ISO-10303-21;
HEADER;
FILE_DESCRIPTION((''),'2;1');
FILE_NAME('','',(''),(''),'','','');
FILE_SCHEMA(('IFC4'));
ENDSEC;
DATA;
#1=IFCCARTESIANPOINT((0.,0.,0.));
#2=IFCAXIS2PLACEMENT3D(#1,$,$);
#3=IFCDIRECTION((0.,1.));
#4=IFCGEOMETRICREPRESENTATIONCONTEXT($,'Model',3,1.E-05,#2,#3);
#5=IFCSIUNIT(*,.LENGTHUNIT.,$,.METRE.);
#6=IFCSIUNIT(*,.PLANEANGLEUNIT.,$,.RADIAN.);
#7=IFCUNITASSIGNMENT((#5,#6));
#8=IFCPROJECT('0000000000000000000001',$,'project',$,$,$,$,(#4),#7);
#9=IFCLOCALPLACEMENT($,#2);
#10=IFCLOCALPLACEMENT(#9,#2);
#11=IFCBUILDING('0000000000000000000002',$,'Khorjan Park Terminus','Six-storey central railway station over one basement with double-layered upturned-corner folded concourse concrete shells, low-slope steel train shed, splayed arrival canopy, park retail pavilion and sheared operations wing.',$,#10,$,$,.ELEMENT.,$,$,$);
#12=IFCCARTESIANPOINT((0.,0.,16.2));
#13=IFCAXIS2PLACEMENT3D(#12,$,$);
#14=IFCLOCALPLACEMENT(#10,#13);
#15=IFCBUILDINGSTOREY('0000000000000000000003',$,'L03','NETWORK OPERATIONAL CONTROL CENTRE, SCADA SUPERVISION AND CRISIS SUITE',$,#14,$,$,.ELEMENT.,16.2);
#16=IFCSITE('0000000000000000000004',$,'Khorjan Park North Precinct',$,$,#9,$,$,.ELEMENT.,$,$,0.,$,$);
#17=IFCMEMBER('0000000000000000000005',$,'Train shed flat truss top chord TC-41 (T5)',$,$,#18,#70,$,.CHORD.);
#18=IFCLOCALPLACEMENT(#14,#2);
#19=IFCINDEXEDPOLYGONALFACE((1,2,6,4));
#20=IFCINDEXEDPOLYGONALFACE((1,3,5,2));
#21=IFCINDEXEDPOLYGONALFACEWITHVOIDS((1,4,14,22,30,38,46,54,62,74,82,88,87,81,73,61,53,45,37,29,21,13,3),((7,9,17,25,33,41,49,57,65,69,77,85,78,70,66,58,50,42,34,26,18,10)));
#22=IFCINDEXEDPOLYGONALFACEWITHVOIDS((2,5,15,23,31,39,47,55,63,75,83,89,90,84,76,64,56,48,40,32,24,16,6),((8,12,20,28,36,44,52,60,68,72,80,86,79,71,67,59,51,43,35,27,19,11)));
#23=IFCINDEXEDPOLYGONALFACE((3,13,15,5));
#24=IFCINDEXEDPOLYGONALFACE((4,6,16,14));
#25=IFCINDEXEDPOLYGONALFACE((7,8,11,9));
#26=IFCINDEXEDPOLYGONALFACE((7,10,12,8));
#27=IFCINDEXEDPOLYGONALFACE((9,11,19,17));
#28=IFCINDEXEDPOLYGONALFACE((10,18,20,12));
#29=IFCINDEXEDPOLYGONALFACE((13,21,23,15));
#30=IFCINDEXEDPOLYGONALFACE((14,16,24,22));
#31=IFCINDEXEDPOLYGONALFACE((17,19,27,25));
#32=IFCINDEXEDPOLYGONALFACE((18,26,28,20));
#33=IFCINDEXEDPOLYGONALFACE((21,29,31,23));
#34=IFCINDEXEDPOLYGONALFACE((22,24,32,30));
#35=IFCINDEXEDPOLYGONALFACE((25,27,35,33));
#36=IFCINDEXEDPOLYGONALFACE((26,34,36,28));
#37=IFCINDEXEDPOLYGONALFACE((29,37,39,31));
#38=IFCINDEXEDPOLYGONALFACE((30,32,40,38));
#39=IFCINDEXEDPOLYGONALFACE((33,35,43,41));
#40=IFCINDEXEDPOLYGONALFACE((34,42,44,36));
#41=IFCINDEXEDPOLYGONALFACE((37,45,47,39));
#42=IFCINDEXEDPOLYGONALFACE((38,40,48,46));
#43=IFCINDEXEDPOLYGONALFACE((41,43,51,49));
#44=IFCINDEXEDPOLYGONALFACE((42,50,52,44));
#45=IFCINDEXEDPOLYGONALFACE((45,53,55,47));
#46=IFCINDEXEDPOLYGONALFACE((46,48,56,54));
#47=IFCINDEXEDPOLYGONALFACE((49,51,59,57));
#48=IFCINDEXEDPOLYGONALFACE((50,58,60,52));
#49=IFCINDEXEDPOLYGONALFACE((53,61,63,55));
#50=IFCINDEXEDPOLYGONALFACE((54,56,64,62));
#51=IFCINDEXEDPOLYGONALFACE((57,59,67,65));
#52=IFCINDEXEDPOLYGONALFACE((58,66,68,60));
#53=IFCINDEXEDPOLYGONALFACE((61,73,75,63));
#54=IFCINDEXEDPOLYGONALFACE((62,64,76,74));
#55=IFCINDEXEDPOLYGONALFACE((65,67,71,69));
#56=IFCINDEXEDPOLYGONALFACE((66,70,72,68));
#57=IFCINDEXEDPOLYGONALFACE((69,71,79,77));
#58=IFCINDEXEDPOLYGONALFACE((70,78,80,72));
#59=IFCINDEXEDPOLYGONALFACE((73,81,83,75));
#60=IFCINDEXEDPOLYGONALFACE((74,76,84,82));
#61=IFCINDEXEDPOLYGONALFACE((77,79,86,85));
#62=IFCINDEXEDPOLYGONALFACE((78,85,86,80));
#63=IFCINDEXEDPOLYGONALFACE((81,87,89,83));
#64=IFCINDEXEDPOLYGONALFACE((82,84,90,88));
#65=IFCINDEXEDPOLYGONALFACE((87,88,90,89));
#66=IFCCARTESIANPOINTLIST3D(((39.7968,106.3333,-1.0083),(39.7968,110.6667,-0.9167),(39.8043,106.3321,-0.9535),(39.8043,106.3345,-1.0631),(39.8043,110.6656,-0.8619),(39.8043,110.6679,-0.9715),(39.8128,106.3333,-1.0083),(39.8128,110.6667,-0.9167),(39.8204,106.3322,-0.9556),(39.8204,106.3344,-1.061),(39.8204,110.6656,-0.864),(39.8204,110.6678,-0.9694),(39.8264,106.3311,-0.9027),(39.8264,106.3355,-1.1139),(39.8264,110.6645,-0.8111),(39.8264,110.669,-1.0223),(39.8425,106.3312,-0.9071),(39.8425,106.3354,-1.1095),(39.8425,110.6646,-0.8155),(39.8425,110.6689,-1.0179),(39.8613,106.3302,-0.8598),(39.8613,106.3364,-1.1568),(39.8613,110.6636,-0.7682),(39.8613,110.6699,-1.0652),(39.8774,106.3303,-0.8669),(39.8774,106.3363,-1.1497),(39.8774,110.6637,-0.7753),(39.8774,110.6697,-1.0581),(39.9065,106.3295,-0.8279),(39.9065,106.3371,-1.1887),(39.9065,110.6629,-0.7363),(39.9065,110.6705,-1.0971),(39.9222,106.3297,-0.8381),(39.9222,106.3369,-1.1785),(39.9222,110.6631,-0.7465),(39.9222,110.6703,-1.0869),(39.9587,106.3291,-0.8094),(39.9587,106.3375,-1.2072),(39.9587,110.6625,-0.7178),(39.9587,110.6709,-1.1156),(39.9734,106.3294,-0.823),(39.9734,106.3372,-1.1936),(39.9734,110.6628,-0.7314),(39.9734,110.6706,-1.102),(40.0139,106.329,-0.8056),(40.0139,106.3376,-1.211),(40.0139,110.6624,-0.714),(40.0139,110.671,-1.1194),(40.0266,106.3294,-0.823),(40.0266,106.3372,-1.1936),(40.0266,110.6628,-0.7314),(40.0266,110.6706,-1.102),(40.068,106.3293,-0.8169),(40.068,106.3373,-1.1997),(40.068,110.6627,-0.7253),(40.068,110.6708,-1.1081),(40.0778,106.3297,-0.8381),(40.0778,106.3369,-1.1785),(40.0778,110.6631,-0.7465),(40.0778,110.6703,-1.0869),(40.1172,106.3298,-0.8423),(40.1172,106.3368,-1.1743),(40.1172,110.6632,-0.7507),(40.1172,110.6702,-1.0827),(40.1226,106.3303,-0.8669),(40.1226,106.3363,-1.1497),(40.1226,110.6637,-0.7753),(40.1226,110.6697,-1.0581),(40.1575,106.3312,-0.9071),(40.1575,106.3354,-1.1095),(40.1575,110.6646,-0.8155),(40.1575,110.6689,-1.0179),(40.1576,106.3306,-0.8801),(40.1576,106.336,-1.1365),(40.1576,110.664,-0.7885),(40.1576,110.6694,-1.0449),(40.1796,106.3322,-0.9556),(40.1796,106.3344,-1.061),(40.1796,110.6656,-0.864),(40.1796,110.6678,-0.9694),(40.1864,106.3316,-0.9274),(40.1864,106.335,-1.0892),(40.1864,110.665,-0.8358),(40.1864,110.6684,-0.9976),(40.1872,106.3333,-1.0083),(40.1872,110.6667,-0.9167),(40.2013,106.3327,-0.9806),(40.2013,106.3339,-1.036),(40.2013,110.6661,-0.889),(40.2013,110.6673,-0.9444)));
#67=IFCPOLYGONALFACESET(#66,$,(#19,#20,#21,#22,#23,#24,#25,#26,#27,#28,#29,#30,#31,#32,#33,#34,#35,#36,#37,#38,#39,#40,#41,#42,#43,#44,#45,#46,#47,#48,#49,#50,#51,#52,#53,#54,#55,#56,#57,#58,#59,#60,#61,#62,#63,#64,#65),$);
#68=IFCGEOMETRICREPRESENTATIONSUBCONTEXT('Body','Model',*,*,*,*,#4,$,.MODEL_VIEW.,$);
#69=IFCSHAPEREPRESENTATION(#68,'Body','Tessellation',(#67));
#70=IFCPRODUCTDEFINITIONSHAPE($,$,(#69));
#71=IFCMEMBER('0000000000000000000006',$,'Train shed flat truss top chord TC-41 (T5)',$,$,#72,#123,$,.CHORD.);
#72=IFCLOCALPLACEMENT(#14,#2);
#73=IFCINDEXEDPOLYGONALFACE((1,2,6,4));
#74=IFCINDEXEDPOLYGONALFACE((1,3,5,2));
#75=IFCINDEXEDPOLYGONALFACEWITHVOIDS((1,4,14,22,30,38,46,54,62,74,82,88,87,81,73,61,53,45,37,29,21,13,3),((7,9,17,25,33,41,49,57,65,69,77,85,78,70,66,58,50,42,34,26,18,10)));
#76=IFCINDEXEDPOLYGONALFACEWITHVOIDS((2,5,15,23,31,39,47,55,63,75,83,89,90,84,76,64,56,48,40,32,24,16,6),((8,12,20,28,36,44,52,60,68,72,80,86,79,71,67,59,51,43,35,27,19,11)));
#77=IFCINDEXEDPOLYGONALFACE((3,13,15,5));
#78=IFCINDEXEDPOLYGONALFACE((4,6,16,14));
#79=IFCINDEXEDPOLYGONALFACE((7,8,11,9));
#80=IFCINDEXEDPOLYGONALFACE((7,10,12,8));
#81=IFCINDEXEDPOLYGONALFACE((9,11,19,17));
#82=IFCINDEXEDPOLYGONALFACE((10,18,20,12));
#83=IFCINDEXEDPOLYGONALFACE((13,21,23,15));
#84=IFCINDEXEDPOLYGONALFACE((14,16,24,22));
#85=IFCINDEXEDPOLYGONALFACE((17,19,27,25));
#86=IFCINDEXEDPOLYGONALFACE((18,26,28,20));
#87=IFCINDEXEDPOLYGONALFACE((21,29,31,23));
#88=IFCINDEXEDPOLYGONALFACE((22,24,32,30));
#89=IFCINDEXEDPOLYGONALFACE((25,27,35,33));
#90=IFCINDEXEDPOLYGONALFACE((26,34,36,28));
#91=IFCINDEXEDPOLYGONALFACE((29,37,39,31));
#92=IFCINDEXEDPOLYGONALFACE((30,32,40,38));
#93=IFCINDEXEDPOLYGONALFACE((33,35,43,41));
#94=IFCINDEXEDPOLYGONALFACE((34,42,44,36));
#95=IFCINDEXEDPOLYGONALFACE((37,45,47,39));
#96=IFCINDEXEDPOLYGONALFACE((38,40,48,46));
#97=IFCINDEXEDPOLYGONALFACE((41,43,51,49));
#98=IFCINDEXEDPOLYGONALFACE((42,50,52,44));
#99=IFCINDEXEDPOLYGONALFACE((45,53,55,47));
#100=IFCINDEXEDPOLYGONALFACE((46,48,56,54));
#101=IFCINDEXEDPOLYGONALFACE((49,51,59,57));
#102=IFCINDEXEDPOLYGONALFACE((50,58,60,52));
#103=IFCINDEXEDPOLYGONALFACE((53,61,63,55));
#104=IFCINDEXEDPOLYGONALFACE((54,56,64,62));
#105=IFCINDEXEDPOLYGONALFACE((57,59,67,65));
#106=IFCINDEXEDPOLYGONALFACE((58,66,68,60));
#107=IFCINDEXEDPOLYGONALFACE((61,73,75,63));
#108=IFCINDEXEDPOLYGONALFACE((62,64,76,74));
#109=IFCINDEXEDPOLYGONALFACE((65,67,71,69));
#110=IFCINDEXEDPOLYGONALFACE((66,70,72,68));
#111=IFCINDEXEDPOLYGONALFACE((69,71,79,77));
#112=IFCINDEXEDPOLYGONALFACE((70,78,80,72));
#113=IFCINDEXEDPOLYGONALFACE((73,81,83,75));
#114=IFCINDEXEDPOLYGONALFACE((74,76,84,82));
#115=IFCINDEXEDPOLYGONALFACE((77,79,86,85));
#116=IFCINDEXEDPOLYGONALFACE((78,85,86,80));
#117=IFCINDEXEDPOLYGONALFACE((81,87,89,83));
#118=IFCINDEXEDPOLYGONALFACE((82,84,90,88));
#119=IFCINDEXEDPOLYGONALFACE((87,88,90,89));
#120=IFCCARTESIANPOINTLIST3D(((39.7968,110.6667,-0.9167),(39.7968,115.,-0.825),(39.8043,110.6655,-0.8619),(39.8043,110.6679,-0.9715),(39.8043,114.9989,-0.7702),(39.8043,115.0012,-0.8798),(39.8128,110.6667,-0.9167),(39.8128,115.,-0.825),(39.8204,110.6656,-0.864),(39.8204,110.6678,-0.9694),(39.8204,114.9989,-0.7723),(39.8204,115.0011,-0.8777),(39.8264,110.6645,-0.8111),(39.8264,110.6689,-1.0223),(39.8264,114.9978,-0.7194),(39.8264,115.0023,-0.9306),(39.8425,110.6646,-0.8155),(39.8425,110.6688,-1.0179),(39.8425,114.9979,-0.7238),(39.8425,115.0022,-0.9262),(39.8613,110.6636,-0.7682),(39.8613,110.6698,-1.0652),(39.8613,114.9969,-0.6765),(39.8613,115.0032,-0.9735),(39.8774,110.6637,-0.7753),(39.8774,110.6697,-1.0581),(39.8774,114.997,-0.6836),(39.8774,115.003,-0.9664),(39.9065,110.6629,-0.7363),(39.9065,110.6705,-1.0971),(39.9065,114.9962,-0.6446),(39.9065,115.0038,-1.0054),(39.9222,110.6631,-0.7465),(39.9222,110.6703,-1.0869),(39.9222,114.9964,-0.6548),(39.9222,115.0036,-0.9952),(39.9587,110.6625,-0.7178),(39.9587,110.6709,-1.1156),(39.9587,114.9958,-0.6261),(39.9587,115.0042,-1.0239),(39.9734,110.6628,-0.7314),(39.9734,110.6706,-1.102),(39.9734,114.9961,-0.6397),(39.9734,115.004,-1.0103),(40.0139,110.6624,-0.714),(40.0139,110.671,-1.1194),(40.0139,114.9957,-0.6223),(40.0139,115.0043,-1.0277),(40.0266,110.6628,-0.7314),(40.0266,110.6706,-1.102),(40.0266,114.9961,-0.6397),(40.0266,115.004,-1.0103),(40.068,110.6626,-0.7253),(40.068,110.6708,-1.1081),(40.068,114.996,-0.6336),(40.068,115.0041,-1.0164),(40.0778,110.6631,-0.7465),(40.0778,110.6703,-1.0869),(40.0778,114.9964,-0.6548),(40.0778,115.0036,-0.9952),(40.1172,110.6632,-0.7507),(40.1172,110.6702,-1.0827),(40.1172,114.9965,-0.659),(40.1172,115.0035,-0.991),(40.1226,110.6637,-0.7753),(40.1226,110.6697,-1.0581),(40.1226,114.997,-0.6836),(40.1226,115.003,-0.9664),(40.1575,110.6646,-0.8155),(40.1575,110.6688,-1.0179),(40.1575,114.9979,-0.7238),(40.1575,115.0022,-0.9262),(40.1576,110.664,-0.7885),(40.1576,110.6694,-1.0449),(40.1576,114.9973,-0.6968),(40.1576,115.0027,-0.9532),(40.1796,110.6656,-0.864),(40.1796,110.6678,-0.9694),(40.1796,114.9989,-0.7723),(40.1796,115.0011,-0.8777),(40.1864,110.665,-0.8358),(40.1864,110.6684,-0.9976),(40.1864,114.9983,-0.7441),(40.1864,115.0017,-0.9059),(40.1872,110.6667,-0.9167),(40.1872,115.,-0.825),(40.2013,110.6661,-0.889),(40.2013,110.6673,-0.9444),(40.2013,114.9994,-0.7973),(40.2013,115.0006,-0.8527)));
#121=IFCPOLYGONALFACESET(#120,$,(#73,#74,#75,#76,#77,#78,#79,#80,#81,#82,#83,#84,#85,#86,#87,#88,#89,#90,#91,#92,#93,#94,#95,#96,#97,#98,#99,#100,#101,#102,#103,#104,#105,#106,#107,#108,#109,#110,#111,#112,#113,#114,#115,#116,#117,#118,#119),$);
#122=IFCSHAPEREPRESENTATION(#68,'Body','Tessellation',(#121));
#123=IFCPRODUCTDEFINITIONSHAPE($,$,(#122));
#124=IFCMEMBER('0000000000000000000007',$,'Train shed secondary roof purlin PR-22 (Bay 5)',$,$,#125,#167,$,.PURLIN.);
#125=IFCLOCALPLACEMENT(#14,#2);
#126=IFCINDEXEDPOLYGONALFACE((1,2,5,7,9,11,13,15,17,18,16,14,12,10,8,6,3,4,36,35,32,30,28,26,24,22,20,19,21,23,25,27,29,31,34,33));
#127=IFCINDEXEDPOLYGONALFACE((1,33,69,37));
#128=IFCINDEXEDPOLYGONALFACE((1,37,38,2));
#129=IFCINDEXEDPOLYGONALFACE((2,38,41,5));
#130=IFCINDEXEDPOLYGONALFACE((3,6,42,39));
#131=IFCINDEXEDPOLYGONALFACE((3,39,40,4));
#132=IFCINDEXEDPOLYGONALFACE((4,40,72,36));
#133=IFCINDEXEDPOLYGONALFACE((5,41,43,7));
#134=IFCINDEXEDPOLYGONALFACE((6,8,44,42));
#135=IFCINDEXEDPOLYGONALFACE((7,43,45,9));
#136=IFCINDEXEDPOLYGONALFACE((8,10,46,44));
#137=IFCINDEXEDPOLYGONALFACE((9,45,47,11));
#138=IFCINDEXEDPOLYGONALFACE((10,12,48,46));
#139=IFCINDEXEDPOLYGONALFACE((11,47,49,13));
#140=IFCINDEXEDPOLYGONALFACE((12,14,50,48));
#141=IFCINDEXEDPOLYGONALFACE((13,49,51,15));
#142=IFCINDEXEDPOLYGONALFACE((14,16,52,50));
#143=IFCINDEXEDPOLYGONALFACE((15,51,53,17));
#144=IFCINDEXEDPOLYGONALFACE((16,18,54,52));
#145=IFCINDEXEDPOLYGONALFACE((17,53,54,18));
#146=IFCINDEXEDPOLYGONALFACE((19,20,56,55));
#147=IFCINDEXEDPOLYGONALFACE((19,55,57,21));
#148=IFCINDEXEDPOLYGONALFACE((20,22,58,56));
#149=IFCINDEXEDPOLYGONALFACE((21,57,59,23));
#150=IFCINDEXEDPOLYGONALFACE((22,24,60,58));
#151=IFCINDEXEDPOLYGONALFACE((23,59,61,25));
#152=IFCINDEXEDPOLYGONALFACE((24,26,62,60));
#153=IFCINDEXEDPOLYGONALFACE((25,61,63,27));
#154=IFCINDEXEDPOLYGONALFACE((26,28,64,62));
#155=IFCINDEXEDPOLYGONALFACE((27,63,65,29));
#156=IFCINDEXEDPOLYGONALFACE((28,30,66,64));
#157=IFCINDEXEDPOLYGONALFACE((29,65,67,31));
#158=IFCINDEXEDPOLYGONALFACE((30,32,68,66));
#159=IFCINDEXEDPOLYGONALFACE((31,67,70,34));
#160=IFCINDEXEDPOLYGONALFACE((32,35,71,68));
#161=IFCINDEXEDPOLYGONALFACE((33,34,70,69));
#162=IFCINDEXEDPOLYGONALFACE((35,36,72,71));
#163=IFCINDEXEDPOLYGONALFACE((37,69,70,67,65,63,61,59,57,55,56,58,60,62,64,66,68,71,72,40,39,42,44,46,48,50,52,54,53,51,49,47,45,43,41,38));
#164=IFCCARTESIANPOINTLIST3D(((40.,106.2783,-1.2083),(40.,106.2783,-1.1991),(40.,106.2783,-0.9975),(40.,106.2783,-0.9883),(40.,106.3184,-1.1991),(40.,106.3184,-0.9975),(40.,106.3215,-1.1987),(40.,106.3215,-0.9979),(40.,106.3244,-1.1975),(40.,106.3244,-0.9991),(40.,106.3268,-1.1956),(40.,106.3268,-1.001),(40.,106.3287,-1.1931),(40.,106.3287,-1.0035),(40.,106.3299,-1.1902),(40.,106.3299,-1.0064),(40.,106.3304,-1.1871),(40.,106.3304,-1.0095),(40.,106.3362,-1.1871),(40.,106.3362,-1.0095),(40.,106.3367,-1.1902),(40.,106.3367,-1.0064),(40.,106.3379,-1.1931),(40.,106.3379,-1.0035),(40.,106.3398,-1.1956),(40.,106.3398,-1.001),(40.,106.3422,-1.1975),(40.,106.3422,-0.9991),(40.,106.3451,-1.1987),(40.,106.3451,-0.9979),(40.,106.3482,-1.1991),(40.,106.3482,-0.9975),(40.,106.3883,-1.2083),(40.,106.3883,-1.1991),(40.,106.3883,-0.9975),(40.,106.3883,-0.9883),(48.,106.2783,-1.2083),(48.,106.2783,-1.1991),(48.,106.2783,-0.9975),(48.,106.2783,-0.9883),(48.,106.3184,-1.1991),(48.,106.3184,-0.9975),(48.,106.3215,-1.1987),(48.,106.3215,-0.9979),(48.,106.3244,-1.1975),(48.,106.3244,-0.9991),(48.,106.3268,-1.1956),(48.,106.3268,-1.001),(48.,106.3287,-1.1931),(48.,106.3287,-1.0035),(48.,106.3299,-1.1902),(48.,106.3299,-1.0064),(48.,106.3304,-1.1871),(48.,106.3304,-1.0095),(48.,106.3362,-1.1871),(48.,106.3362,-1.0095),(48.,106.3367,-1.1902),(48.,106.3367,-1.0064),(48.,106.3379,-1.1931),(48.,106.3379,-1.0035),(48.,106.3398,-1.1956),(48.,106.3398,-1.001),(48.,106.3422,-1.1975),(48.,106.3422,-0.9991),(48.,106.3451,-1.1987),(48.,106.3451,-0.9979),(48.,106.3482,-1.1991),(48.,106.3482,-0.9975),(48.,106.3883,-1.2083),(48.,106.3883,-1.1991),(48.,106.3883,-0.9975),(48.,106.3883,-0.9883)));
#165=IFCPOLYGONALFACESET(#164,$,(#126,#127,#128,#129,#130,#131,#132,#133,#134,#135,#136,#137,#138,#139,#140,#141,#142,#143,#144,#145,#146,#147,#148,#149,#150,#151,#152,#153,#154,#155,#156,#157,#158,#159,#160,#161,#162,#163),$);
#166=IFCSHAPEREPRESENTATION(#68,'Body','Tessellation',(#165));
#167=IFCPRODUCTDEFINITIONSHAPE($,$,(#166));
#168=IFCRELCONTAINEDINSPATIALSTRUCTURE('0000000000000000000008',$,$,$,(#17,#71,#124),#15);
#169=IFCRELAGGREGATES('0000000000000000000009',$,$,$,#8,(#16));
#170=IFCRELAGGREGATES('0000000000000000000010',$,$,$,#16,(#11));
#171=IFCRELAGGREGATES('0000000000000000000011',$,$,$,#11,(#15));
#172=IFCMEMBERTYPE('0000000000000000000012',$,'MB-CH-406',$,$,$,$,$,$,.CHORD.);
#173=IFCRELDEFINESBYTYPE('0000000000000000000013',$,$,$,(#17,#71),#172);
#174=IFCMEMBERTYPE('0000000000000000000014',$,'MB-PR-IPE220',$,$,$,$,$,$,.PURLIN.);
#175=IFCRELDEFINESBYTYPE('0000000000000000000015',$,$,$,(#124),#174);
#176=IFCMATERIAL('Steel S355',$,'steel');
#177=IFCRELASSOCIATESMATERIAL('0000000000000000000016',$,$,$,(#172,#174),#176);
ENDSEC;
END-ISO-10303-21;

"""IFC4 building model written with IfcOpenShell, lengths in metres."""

from ifc_helpers import new_model, si_unit, direction, frame, origin, origin_2d, place, context, subcontext, project, spatial, hollow_circle, i_section, extrude, material, material_profile, profile_set, type_object, element, save


model = new_model("IFC4")

# Units and contexts
model_context = context("Model", 3, precision=1e-05, world=origin(), true_north=direction((0.0, 1.0)))
body_context = subcontext(model_context, "Body", "Model", "MODEL_VIEW")
ifc_project = project(units=[si_unit("LENGTHUNIT", "METRE"), si_unit("PLANEANGLEUNIT", "RADIAN")], contexts=[model_context])

# Site, building, storey
site_placement = place(None, origin())
site = spatial("IfcSite", under=ifc_project, at=site_placement, Name="Khorjan Park North Precinct", CompositionType="ELEMENT", RefElevation=0.0)
building_placement = place(site_placement, origin())
building = spatial("IfcBuilding", under=site, at=building_placement, Name="Khorjan Park Terminus", Description="Six-storey central railway station over one basement with double-layered upturned-corner folded concourse concrete shells, low-slope steel train shed, splayed arrival canopy, park retail pavilion and sheared operations wing.", CompositionType="ELEMENT")
storey_placement = place(building_placement, frame((0.0, 0.0, 16.2)))
storey = spatial("IfcBuildingStorey", under=building, at=storey_placement, Name="L03", Description="NETWORK OPERATIONAL CONTROL CENTRE, SCADA SUPERVISION AND CRISIS SUITE", CompositionType="ELEMENT", Elevation=16.2)

# Members
ifc_material_1 = material(Name="Steel S355", Category="steel")
ifc_material_profile_1 = material_profile(ifc_material_1, hollow_circle(Radius=0.2032, WallThickness=0.016, at=origin_2d()), Name="CHS 406.4x16")
ifc_profile_set_1 = profile_set([ifc_material_profile_1], Name="Steel S355")
member_type_1 = type_object("IfcMemberType", Name="MB-CH-406", PredefinedType="CHORD", material=ifc_profile_set_1)
member_1_placement = place(storey_placement, frame((40.0, 106.3333, -1.0083), z_axis=(0.0, 0.999777, 0.021133), x_axis=(-1.0, 0.0, 0.0)))
element("IfcMember", 1, at=member_1_placement, inside=storey, type_object=member_type_1, Name="Train shed flat truss top chord TC-41 (T5)", PredefinedType="CHORD", context=body_context, shape_type="SweptSolid", body=[
    extrude(hollow_circle(Radius=0.2032, WallThickness=0.016, at=origin_2d()), origin(), (0.0, 0.0, 1.0), 4.3344),
])
member_2_placement = place(storey_placement, frame((40.0, 110.6667, -0.9167), z_axis=(0.0, 0.999776, 0.021157), x_axis=(-1.0, 0.0, 0.0)))
element("IfcMember", 2, at=member_2_placement, inside=storey, type_object=member_type_1, Name="Train shed flat truss top chord TC-41 (T5)", PredefinedType="CHORD", context=body_context, shape_type="SweptSolid", body=[
    extrude(hollow_circle(Radius=0.2032, WallThickness=0.016, at=origin_2d()), origin(), (0.0, 0.0, 1.0), 4.3343),
])
ifc_material_profile_2 = material_profile(ifc_material_1, i_section(OverallWidth=0.11, OverallDepth=0.22, WebThickness=0.0059, FlangeThickness=0.0092, FilletRadius=0.012, at=origin_2d()), Name="IPE 220")
ifc_profile_set_2 = profile_set([ifc_material_profile_2], Name="Steel S355")
member_type_2 = type_object("IfcMemberType", Name="MB-PR-IPE220", PredefinedType="PURLIN", material=ifc_profile_set_2)
for number, where, z_axis, x_axis, name in (
    (3, (40.0, 106.3333, -1.0983), (1.0, 0.0, 0.0), (0.0, 1.0, 0.0), "Train shed secondary roof purlin PR-22 (Bay 5)"),
):
    element("IfcMember", number, at=place(storey_placement, frame(where, z_axis=z_axis, x_axis=x_axis)), inside=storey, type_object=member_type_2, Name=name, PredefinedType="PURLIN", context=body_context, shape_type="SweptSolid", body=[
        extrude(i_section(OverallWidth=0.11, OverallDepth=0.22, WebThickness=0.0059, FlangeThickness=0.0092, FilletRadius=0.012, at=origin_2d()), origin(), (0.0, 0.0, 1.0), 8.0),
    ])

save(model, "model.ifc")
